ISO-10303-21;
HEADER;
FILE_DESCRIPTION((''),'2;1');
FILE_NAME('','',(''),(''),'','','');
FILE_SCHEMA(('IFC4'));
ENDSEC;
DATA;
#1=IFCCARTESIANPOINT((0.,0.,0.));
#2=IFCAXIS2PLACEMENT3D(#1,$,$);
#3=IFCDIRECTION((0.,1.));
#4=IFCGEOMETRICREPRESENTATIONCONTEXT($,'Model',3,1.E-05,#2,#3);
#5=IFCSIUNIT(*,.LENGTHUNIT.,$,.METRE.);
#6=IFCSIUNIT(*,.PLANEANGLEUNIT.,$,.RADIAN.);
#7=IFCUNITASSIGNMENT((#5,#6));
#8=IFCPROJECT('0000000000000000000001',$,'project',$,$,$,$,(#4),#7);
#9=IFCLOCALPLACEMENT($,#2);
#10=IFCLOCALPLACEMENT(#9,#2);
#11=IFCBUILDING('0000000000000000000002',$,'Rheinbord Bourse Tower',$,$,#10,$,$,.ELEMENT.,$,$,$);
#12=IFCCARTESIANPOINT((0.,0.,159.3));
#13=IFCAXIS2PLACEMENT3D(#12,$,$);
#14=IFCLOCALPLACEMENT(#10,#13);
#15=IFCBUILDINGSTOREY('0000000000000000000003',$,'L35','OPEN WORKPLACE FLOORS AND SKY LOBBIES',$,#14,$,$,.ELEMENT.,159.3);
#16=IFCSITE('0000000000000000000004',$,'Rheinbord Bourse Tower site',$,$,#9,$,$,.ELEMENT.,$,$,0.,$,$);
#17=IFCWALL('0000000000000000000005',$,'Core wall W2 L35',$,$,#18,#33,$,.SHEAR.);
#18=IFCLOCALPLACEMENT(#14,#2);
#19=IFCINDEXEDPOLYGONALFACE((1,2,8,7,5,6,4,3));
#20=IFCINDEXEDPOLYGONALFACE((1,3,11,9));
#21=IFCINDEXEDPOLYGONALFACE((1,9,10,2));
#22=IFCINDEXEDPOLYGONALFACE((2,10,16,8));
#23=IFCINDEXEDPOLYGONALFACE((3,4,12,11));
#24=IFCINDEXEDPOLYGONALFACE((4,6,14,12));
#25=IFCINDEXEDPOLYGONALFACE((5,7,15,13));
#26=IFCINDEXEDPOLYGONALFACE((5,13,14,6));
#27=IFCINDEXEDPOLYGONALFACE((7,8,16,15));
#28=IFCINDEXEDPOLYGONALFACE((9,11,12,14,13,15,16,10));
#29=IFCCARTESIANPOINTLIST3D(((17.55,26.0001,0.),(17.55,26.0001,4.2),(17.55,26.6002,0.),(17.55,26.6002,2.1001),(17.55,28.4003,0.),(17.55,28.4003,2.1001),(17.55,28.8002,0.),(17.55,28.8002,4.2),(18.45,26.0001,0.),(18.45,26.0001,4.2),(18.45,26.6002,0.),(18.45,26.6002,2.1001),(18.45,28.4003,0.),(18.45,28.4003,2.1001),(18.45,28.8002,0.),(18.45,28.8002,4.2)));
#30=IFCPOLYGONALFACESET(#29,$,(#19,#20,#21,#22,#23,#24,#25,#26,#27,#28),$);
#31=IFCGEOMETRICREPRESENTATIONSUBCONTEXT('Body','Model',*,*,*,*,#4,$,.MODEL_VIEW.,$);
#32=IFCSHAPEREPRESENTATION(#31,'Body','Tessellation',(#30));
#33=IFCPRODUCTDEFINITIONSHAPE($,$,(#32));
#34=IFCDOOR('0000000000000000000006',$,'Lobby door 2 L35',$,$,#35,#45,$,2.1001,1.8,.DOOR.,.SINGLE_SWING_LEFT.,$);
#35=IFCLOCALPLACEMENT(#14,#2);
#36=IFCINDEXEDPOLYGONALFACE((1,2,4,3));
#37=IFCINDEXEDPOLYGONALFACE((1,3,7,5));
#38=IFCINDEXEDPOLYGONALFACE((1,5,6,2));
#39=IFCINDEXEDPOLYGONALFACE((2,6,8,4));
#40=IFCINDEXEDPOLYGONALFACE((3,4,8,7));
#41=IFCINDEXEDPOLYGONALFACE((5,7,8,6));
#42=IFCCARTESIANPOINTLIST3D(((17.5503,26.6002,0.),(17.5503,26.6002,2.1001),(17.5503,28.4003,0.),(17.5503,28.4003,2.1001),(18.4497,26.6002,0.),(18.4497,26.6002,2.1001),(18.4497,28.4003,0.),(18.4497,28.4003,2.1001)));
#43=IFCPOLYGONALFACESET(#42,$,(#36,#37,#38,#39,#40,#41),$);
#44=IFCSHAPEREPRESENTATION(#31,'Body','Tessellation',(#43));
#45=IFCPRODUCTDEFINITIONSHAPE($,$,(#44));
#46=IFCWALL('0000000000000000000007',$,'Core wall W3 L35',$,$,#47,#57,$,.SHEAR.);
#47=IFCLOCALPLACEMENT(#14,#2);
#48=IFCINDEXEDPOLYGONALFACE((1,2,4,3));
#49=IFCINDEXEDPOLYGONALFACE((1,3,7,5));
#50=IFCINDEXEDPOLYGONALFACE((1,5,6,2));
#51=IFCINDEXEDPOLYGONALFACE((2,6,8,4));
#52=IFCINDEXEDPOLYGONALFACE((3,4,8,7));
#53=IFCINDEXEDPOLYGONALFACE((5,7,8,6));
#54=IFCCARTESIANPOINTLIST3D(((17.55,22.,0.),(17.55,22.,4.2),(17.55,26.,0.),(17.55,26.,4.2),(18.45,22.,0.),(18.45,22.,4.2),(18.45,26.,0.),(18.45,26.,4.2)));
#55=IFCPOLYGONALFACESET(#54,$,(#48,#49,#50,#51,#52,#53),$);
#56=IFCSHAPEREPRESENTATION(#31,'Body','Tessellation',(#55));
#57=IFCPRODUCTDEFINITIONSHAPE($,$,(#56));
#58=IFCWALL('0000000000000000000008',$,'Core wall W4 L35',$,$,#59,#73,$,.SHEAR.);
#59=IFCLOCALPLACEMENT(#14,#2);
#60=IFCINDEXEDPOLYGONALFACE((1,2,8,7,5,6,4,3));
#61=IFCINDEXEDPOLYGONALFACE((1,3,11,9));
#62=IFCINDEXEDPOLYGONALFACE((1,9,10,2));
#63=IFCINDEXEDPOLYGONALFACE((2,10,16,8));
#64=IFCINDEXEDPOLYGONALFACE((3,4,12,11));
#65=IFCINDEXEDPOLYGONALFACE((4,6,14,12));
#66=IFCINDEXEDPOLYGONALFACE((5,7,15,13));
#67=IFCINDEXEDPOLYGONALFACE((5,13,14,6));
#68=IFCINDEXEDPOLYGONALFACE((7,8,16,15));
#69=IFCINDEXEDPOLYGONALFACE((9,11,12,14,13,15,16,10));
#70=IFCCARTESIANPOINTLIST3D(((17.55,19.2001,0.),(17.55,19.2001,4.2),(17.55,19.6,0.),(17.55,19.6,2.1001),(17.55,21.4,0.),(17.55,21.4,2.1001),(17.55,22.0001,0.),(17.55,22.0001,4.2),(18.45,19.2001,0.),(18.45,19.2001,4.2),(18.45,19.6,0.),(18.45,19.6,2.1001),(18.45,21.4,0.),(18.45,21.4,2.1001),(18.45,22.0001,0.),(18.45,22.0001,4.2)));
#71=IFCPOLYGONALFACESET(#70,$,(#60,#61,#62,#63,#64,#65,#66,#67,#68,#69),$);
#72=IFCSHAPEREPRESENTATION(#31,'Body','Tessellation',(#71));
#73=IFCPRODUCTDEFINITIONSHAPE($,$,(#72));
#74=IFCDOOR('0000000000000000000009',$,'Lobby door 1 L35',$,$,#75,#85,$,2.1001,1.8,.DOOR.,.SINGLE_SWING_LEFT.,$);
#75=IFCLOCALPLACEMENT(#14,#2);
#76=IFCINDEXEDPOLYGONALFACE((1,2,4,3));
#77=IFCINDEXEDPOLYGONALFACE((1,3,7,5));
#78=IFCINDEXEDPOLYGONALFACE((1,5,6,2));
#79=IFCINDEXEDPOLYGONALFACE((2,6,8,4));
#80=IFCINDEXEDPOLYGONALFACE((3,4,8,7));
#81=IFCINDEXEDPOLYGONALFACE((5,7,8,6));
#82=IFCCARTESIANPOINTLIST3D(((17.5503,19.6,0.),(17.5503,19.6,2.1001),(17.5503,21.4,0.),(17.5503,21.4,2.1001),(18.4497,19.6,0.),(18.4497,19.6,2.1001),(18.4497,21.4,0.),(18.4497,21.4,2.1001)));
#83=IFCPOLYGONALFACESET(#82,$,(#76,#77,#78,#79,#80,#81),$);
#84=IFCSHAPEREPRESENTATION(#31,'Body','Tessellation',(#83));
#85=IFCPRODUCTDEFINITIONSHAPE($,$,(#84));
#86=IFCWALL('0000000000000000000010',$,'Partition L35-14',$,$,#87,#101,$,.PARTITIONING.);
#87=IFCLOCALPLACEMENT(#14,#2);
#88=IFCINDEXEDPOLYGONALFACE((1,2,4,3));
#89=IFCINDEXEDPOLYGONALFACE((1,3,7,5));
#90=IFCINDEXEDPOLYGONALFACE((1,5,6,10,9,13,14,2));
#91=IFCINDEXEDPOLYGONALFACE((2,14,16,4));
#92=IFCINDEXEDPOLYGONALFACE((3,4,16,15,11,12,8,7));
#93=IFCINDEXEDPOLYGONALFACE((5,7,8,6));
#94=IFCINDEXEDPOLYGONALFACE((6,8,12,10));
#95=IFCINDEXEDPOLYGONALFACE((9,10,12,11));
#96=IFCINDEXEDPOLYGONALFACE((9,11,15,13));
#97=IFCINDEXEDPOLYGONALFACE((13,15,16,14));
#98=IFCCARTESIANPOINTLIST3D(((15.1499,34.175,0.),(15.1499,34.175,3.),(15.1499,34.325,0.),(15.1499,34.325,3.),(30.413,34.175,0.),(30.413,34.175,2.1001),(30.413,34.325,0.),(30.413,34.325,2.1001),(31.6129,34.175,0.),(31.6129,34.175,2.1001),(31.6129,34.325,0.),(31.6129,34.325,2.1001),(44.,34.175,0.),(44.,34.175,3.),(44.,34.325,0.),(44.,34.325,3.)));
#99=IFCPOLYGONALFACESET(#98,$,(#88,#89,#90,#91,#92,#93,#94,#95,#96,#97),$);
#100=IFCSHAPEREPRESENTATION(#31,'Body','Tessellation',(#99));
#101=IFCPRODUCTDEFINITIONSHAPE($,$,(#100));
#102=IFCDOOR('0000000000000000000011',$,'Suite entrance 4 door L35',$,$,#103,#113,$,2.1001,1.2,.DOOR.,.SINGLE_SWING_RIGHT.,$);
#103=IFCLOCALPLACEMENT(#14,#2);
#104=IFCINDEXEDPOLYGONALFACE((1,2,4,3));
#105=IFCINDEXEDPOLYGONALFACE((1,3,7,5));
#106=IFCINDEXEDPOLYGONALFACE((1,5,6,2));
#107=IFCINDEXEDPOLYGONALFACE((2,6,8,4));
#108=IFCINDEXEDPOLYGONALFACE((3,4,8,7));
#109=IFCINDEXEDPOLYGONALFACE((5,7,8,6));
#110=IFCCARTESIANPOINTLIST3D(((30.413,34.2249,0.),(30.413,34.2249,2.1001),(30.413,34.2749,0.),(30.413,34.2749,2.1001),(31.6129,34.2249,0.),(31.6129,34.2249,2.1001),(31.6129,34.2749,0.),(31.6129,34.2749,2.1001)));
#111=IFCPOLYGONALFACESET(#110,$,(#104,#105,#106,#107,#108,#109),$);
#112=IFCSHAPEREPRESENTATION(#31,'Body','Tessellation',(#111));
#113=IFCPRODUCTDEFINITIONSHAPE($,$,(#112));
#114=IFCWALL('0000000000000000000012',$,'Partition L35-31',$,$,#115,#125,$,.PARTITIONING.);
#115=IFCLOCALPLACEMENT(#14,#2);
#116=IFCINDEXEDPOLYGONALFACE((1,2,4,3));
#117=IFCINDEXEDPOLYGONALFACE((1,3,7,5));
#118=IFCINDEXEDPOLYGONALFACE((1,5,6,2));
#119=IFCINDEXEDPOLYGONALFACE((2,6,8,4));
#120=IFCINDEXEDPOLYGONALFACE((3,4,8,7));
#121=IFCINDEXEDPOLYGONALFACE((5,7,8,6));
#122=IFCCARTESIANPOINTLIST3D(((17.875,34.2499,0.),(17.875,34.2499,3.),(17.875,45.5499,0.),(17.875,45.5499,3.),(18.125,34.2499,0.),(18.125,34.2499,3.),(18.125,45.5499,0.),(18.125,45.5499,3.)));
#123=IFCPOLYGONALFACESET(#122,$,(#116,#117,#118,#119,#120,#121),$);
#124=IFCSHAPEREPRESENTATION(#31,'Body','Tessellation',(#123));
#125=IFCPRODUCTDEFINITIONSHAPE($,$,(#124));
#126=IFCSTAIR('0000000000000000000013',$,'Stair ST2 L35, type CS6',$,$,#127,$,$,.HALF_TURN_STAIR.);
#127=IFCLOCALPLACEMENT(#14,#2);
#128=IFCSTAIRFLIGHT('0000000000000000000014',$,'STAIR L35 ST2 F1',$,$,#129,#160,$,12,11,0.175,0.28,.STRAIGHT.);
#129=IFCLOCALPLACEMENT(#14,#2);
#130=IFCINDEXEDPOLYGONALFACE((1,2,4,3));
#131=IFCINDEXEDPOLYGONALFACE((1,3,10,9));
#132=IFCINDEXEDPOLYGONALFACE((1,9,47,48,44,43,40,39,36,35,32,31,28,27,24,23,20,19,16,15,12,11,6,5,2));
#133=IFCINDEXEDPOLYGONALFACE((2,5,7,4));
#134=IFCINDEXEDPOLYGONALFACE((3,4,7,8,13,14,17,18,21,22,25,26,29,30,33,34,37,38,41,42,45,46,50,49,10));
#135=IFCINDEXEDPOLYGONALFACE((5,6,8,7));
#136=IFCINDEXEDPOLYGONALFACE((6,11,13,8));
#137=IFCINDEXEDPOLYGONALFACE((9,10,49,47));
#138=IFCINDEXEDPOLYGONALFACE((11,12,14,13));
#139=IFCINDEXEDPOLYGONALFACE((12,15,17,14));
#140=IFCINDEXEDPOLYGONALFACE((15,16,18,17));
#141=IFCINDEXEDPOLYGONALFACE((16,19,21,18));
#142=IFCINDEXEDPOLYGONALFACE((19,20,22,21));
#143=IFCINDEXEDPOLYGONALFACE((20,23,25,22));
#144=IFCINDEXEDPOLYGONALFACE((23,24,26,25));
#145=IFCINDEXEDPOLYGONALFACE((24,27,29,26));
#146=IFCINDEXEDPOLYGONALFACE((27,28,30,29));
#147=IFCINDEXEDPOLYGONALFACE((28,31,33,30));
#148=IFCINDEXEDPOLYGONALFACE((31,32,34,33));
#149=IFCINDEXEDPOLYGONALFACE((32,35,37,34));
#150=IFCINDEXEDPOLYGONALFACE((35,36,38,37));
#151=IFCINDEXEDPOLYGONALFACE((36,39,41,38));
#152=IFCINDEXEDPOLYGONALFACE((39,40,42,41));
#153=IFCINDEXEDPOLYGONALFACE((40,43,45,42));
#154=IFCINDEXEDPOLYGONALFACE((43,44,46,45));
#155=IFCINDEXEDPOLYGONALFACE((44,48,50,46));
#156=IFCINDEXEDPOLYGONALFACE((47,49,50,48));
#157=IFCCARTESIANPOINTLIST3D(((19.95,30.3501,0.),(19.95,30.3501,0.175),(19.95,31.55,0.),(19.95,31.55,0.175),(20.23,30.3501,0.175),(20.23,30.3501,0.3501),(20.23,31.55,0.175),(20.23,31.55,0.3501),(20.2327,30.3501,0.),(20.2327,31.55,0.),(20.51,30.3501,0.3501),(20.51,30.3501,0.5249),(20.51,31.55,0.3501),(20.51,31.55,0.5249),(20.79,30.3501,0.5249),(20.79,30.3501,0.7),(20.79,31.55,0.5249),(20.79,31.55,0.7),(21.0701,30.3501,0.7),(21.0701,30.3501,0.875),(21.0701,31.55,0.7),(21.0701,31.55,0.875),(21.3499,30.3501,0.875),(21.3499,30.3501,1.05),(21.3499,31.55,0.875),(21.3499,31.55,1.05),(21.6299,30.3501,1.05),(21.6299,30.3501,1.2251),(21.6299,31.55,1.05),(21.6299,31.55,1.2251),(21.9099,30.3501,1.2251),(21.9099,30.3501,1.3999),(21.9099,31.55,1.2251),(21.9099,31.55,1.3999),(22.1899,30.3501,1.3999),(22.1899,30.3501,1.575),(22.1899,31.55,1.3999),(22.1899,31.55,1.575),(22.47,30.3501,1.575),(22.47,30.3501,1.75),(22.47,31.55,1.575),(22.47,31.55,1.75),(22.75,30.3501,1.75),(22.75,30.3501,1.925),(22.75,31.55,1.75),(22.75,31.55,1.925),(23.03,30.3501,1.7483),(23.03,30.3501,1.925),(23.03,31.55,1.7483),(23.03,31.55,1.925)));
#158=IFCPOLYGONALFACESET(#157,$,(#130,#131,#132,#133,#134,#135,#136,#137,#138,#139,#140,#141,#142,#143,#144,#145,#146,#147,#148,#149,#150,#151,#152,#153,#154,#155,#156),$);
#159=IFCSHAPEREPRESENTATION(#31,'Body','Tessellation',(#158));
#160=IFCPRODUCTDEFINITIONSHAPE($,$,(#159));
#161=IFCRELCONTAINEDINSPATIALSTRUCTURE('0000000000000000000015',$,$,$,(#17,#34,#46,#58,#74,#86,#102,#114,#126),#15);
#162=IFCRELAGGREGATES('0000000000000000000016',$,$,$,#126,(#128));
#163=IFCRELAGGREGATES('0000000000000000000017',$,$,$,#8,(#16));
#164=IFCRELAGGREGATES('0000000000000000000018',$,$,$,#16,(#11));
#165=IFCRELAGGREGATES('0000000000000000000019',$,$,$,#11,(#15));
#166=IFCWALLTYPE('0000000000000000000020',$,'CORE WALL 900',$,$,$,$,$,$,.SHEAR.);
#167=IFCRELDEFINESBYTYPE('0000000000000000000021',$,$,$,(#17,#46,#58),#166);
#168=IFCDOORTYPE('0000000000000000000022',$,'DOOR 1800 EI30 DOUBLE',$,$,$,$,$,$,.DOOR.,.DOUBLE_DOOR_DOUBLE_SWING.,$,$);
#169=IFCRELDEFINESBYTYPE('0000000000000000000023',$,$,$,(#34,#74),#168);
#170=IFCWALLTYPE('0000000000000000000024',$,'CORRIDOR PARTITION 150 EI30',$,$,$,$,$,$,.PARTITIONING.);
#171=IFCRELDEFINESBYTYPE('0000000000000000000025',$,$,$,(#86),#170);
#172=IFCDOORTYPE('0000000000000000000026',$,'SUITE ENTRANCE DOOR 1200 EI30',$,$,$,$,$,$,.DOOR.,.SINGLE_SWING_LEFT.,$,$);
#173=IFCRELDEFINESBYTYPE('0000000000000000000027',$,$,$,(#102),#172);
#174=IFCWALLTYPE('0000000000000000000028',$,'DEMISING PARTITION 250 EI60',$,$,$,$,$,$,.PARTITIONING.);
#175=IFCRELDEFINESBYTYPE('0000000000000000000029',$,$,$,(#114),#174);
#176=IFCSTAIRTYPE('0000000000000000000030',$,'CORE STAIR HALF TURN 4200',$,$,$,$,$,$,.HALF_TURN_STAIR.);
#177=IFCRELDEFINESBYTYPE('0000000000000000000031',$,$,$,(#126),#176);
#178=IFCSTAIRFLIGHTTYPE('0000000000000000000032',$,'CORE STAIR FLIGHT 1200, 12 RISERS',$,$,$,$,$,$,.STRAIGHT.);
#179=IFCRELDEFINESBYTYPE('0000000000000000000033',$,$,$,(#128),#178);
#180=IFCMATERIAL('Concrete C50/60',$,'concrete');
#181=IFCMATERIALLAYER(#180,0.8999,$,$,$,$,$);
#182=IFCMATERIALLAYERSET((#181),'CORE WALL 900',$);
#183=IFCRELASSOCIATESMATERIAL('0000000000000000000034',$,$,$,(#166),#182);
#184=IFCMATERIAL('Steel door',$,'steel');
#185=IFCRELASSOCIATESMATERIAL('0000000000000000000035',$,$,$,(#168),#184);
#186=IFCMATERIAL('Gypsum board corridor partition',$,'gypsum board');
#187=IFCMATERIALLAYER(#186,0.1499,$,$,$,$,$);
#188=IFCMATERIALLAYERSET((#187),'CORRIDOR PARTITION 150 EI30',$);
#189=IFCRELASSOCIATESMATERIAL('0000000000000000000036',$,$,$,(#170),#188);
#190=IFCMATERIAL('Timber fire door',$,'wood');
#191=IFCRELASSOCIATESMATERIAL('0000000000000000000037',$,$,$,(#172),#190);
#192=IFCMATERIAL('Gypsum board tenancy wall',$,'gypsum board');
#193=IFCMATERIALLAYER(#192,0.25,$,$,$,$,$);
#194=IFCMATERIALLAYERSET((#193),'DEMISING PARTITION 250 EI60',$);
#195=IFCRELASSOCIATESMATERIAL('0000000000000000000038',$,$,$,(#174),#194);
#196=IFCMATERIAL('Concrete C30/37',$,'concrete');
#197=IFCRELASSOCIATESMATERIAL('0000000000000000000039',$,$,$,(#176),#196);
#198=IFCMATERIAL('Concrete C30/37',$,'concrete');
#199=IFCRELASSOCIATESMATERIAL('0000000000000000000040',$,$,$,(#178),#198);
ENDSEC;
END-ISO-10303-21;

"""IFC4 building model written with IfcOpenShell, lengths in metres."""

from ifc_helpers import new_model, si_unit, direction, frame, frame_2d, origin, place, context, subcontext, project, spatial, polyline, rectangle, outline, extrude, material, layer, layer_set, type_object, element, fill, aggregate, save


model = new_model("IFC4")

# Units and contexts
model_context = context("Model", 3, precision=1e-05, world=origin(), true_north=direction((0.0, 1.0)))
body_context = subcontext(model_context, "Body", "Model", "MODEL_VIEW")
ifc_project = project(units=[si_unit("LENGTHUNIT", "METRE"), si_unit("PLANEANGLEUNIT", "RADIAN")], contexts=[model_context])

# Site, building, storey
site_placement = place(None, origin())
site = spatial("IfcSite", under=ifc_project, at=site_placement, Name="Rheinbord Bourse Tower site", CompositionType="ELEMENT", RefElevation=0.0)
building_placement = place(site_placement, origin())
building = spatial("IfcBuilding", under=site, at=building_placement, Name="Rheinbord Bourse Tower", CompositionType="ELEMENT")
storey_placement = place(building_placement, frame((0.0, 0.0, 159.3)))
storey = spatial("IfcBuildingStorey", under=building, at=storey_placement, Name="L35", Description="OPEN WORKPLACE FLOORS AND SKY LOBBIES", CompositionType="ELEMENT", Elevation=159.3)

# Shared definitions
ifc_material_1 = material(Name="Concrete C50/60", Category="concrete")
ifc_layer_1 = layer(ifc_material_1, 0.8999)
ifc_layer_set_1 = layer_set([ifc_layer_1], Name="CORE WALL 900")
wall_type_1 = type_object("IfcWallType", Name="CORE WALL 900", PredefinedType="SHEAR", material=ifc_layer_set_1)

# Wall, opening, door
wall_1_placement = place(storey_placement, frame((18.0, 28.8, 0.0), z_axis=(0.0, 0.0, 1.0), x_axis=(0.0, -1.0, 0.0)))
wall_1 = element("IfcWall", 1, at=wall_1_placement, inside=storey, type_object=wall_type_1, Name="Core wall W2 L35", PredefinedType="SHEAR", context=body_context, shape_type="SweptSolid", body=[
    extrude(rectangle(XDim=2.8, YDim=0.8999, at=frame_2d((1.3999, 0.0))), origin(), (0.0, 0.0, 1.0), 4.2),
])
opening_1_placement = place(wall_1_placement, frame((0.3999, 0.0, 0.0)))
opening_1 = element("IfcOpeningElement", 2, at=opening_1_placement, cuts=wall_1, PredefinedType="OPENING", context=body_context, shape_type="SweptSolid", body=[
    extrude(rectangle(XDim=1.8, YDim=2.1001, at=frame_2d((0.8999, 1.05))), frame((0.0, 0.46, 0.0), z_axis=(0.0, -1.0, 0.0), x_axis=(1.0, 0.0, 0.0)), (0.0, 0.0, 1.0), 0.9199),
])
ifc_material_2 = material(Name="Steel door", Category="steel")
door_type_1 = type_object("IfcDoorType", Name="DOOR 1800 EI30 DOUBLE", OperationType="DOUBLE_DOOR_DOUBLE_SWING", PredefinedType="DOOR", material=ifc_material_2)
door_1_placement = place(opening_1_placement, origin())
door_1 = element("IfcDoor", 3, at=door_1_placement, inside=storey, type_object=door_type_1, Name="Lobby door 2 L35", OperationType="SINGLE_SWING_LEFT", OverallHeight=2.1001, OverallWidth=1.8, PredefinedType="DOOR", context=body_context, shape_type="SweptSolid", body=[
    extrude(rectangle(XDim=1.8, YDim=2.1001, at=frame_2d((0.8999, 1.05))), frame((0.0, 0.4497, 0.0), z_axis=(0.0, -1.0, 0.0), x_axis=(1.0, 0.0, 0.0)), (0.0, 0.0, 1.0), 0.8994),
])
fill(opening_1, door_1)

# Wall
wall_2_placement = place(storey_placement, frame((18.0, 26.0, 0.0), z_axis=(0.0, 0.0, 1.0), x_axis=(0.0, -1.0, 0.0)))
element("IfcWall", 4, at=wall_2_placement, inside=storey, type_object=wall_type_1, Name="Core wall W3 L35", PredefinedType="SHEAR", context=body_context, shape_type="SweptSolid", body=[
    extrude(rectangle(XDim=4.0, YDim=0.8999, at=frame_2d((2.0, 0.0))), origin(), (0.0, 0.0, 1.0), 4.2),
])

# Walls, openings, doors
wall_3_placement = place(storey_placement, frame((18.0, 22.0, 0.0), z_axis=(0.0, 0.0, 1.0), x_axis=(0.0, -1.0, 0.0)))
wall_3 = element("IfcWall", 5, at=wall_3_placement, inside=storey, type_object=wall_type_1, Name="Core wall W4 L35", PredefinedType="SHEAR", context=body_context, shape_type="SweptSolid", body=[
    extrude(rectangle(XDim=2.8, YDim=0.8999, at=frame_2d((1.3999, 0.0))), origin(), (0.0, 0.0, 1.0), 4.2),
])
opening_2_placement = place(wall_3_placement, frame((0.6001, 0.0, 0.0)))
opening_2 = element("IfcOpeningElement", 6, at=opening_2_placement, cuts=wall_3, PredefinedType="OPENING", context=body_context, shape_type="SweptSolid", body=[
    extrude(rectangle(XDim=1.8, YDim=2.1001, at=frame_2d((0.8999, 1.05))), frame((0.0, 0.46, 0.0), z_axis=(0.0, -1.0, 0.0), x_axis=(1.0, 0.0, 0.0)), (0.0, 0.0, 1.0), 0.9199),
])
door_2_placement = place(opening_2_placement, origin())
door_2 = element("IfcDoor", 7, at=door_2_placement, inside=storey, type_object=door_type_1, Name="Lobby door 1 L35", OperationType="SINGLE_SWING_LEFT", OverallHeight=2.1001, OverallWidth=1.8, PredefinedType="DOOR", context=body_context, shape_type="SweptSolid", body=[
    extrude(rectangle(XDim=1.8, YDim=2.1001, at=frame_2d((0.8999, 1.05))), frame((0.0, 0.4497, 0.0), z_axis=(0.0, -1.0, 0.0), x_axis=(1.0, 0.0, 0.0)), (0.0, 0.0, 1.0), 0.8994),
])
fill(opening_2, door_2)
ifc_material_3 = material(Name="Gypsum board corridor partition", Category="gypsum board")
ifc_layer_2 = layer(ifc_material_3, 0.1499)
ifc_layer_set_2 = layer_set([ifc_layer_2], Name="CORRIDOR PARTITION 150 EI30")
wall_type_2 = type_object("IfcWallType", Name="CORRIDOR PARTITION 150 EI30", PredefinedType="PARTITIONING", material=ifc_layer_set_2)
wall_4_placement = place(storey_placement, frame((15.1499, 34.25, 0.0), z_axis=(0.0, 0.0, 1.0), x_axis=(1.0, 0.0, 0.0)))
wall_4 = element("IfcWall", 8, at=wall_4_placement, inside=storey, type_object=wall_type_2, Name="Partition L35-14", PredefinedType="PARTITIONING", context=body_context, shape_type="SweptSolid", body=[
    extrude(rectangle(XDim=28.8501, YDim=0.1499, at=frame_2d((14.425, 0.0))), origin(), (0.0, 0.0, 1.0), 3.0),
])
opening_3_placement = place(wall_4_placement, frame((15.2629, 0.0, 0.0)))
opening_3 = element("IfcOpeningElement", 9, at=opening_3_placement, cuts=wall_4, PredefinedType="OPENING", context=body_context, shape_type="SweptSolid", body=[
    extrude(rectangle(XDim=1.2, YDim=2.1001, at=frame_2d((0.6001, 1.05))), frame((0.0, 0.085, 0.0), z_axis=(0.0, -1.0, 0.0), x_axis=(1.0, 0.0, 0.0)), (0.0, 0.0, 1.0), 0.1699),
])
ifc_material_4 = material(Name="Timber fire door", Category="wood")
door_type_2 = type_object("IfcDoorType", Name="SUITE ENTRANCE DOOR 1200 EI30", OperationType="SINGLE_SWING_LEFT", PredefinedType="DOOR", material=ifc_material_4)
door_3_placement = place(opening_3_placement, origin())
door_3 = element("IfcDoor", 10, at=door_3_placement, inside=storey, type_object=door_type_2, Name="Suite entrance 4 door L35", OperationType="SINGLE_SWING_RIGHT", OverallHeight=2.1001, OverallWidth=1.2, PredefinedType="DOOR", context=body_context, shape_type="SweptSolid", body=[
    extrude(rectangle(XDim=1.2, YDim=2.1001, at=frame_2d((0.6001, 1.05))), frame((0.0, 0.0249, 0.0), z_axis=(0.0, -1.0, 0.0), x_axis=(1.0, 0.0, 0.0)), (0.0, 0.0, 1.0), 0.05),
])
fill(opening_3, door_3)

# Wall
ifc_material_5 = material(Name="Gypsum board tenancy wall", Category="gypsum board")
ifc_layer_3 = layer(ifc_material_5, 0.25)
ifc_layer_set_3 = layer_set([ifc_layer_3], Name="DEMISING PARTITION 250 EI60")
wall_type_3 = type_object("IfcWallType", Name="DEMISING PARTITION 250 EI60", PredefinedType="PARTITIONING", material=ifc_layer_set_3)
wall_5_placement = place(storey_placement, frame((18.0, 34.25, 0.0), z_axis=(0.0, 0.0, 1.0), x_axis=(0.0, 1.0, 0.0)))
element("IfcWall", 11, at=wall_5_placement, inside=storey, type_object=wall_type_3, Name="Partition L35-31", PredefinedType="PARTITIONING", context=body_context, shape_type="SweptSolid", body=[
    extrude(rectangle(XDim=11.3, YDim=0.25, at=frame_2d((5.6499, 0.0))), origin(), (0.0, 0.0, 1.0), 3.0),
])

# Stair, stair flight
ifc_material_6 = material(Name="Concrete C30/37", Category="concrete")
stair_type = type_object("IfcStairType", Name="CORE STAIR HALF TURN 4200", PredefinedType="HALF_TURN_STAIR", material=ifc_material_6)
stair_placement = place(storey_placement, origin())
stair = element("IfcStair", 12, at=stair_placement, inside=storey, type_object=stair_type, Name="Stair ST2 L35, type CS6", PredefinedType="HALF_TURN_STAIR")
ifc_material_7 = material(Name="Concrete C30/37", Category="concrete")
stair_flight_type = type_object("IfcStairFlightType", Name="CORE STAIR FLIGHT 1200, 12 RISERS", PredefinedType="STRAIGHT", material=ifc_material_7)
stair_flight_1_placement = place(storey_placement, frame((19.95, 30.95, 0.0), z_axis=(0.0, 0.0, 1.0), x_axis=(1.0, 0.0, 0.0)))
stair_flight_1 = element("IfcStairFlight", 13, at=stair_flight_1_placement, type_object=stair_flight_type, Name="STAIR L35 ST2 F1", NumberOfRisers=12, NumberOfTreads=11, PredefinedType="STRAIGHT", RiserHeight=0.175, TreadLength=0.28, context=body_context, shape_type="SweptSolid", body=[
    extrude(outline(polyline([(0.0, 0.0), (0.0, 0.175), (0.28, 0.175), (0.28, 0.3501), (0.5601, 0.3501), (0.5601, 0.5249), (0.8401, 0.5249), (0.8401, 0.7), (1.1201, 0.7), (1.1201, 0.875), (1.3999, 0.875), (1.3999, 1.05), (1.6799, 1.05), (1.6799, 1.2251), (1.96, 1.2251), (1.96, 1.3999), (2.24, 1.3999), (2.24, 1.575), (2.52, 1.575), (2.52, 1.75), (2.8, 1.75), (2.8, 1.925), (3.0801, 1.925), (3.0801, 2.1001), (3.0801, 1.7483), (0.2827, 0.0), (0.0, 0.0)])), frame((0.0, 0.6001, 0.0), z_axis=(0.0, -1.0, 0.0), x_axis=(1.0, 0.0, 0.0)), (0.0, 0.0, 1.0), 1.2),
])
aggregate(stair, [stair_flight_1])

save(model, "model.ifc")
